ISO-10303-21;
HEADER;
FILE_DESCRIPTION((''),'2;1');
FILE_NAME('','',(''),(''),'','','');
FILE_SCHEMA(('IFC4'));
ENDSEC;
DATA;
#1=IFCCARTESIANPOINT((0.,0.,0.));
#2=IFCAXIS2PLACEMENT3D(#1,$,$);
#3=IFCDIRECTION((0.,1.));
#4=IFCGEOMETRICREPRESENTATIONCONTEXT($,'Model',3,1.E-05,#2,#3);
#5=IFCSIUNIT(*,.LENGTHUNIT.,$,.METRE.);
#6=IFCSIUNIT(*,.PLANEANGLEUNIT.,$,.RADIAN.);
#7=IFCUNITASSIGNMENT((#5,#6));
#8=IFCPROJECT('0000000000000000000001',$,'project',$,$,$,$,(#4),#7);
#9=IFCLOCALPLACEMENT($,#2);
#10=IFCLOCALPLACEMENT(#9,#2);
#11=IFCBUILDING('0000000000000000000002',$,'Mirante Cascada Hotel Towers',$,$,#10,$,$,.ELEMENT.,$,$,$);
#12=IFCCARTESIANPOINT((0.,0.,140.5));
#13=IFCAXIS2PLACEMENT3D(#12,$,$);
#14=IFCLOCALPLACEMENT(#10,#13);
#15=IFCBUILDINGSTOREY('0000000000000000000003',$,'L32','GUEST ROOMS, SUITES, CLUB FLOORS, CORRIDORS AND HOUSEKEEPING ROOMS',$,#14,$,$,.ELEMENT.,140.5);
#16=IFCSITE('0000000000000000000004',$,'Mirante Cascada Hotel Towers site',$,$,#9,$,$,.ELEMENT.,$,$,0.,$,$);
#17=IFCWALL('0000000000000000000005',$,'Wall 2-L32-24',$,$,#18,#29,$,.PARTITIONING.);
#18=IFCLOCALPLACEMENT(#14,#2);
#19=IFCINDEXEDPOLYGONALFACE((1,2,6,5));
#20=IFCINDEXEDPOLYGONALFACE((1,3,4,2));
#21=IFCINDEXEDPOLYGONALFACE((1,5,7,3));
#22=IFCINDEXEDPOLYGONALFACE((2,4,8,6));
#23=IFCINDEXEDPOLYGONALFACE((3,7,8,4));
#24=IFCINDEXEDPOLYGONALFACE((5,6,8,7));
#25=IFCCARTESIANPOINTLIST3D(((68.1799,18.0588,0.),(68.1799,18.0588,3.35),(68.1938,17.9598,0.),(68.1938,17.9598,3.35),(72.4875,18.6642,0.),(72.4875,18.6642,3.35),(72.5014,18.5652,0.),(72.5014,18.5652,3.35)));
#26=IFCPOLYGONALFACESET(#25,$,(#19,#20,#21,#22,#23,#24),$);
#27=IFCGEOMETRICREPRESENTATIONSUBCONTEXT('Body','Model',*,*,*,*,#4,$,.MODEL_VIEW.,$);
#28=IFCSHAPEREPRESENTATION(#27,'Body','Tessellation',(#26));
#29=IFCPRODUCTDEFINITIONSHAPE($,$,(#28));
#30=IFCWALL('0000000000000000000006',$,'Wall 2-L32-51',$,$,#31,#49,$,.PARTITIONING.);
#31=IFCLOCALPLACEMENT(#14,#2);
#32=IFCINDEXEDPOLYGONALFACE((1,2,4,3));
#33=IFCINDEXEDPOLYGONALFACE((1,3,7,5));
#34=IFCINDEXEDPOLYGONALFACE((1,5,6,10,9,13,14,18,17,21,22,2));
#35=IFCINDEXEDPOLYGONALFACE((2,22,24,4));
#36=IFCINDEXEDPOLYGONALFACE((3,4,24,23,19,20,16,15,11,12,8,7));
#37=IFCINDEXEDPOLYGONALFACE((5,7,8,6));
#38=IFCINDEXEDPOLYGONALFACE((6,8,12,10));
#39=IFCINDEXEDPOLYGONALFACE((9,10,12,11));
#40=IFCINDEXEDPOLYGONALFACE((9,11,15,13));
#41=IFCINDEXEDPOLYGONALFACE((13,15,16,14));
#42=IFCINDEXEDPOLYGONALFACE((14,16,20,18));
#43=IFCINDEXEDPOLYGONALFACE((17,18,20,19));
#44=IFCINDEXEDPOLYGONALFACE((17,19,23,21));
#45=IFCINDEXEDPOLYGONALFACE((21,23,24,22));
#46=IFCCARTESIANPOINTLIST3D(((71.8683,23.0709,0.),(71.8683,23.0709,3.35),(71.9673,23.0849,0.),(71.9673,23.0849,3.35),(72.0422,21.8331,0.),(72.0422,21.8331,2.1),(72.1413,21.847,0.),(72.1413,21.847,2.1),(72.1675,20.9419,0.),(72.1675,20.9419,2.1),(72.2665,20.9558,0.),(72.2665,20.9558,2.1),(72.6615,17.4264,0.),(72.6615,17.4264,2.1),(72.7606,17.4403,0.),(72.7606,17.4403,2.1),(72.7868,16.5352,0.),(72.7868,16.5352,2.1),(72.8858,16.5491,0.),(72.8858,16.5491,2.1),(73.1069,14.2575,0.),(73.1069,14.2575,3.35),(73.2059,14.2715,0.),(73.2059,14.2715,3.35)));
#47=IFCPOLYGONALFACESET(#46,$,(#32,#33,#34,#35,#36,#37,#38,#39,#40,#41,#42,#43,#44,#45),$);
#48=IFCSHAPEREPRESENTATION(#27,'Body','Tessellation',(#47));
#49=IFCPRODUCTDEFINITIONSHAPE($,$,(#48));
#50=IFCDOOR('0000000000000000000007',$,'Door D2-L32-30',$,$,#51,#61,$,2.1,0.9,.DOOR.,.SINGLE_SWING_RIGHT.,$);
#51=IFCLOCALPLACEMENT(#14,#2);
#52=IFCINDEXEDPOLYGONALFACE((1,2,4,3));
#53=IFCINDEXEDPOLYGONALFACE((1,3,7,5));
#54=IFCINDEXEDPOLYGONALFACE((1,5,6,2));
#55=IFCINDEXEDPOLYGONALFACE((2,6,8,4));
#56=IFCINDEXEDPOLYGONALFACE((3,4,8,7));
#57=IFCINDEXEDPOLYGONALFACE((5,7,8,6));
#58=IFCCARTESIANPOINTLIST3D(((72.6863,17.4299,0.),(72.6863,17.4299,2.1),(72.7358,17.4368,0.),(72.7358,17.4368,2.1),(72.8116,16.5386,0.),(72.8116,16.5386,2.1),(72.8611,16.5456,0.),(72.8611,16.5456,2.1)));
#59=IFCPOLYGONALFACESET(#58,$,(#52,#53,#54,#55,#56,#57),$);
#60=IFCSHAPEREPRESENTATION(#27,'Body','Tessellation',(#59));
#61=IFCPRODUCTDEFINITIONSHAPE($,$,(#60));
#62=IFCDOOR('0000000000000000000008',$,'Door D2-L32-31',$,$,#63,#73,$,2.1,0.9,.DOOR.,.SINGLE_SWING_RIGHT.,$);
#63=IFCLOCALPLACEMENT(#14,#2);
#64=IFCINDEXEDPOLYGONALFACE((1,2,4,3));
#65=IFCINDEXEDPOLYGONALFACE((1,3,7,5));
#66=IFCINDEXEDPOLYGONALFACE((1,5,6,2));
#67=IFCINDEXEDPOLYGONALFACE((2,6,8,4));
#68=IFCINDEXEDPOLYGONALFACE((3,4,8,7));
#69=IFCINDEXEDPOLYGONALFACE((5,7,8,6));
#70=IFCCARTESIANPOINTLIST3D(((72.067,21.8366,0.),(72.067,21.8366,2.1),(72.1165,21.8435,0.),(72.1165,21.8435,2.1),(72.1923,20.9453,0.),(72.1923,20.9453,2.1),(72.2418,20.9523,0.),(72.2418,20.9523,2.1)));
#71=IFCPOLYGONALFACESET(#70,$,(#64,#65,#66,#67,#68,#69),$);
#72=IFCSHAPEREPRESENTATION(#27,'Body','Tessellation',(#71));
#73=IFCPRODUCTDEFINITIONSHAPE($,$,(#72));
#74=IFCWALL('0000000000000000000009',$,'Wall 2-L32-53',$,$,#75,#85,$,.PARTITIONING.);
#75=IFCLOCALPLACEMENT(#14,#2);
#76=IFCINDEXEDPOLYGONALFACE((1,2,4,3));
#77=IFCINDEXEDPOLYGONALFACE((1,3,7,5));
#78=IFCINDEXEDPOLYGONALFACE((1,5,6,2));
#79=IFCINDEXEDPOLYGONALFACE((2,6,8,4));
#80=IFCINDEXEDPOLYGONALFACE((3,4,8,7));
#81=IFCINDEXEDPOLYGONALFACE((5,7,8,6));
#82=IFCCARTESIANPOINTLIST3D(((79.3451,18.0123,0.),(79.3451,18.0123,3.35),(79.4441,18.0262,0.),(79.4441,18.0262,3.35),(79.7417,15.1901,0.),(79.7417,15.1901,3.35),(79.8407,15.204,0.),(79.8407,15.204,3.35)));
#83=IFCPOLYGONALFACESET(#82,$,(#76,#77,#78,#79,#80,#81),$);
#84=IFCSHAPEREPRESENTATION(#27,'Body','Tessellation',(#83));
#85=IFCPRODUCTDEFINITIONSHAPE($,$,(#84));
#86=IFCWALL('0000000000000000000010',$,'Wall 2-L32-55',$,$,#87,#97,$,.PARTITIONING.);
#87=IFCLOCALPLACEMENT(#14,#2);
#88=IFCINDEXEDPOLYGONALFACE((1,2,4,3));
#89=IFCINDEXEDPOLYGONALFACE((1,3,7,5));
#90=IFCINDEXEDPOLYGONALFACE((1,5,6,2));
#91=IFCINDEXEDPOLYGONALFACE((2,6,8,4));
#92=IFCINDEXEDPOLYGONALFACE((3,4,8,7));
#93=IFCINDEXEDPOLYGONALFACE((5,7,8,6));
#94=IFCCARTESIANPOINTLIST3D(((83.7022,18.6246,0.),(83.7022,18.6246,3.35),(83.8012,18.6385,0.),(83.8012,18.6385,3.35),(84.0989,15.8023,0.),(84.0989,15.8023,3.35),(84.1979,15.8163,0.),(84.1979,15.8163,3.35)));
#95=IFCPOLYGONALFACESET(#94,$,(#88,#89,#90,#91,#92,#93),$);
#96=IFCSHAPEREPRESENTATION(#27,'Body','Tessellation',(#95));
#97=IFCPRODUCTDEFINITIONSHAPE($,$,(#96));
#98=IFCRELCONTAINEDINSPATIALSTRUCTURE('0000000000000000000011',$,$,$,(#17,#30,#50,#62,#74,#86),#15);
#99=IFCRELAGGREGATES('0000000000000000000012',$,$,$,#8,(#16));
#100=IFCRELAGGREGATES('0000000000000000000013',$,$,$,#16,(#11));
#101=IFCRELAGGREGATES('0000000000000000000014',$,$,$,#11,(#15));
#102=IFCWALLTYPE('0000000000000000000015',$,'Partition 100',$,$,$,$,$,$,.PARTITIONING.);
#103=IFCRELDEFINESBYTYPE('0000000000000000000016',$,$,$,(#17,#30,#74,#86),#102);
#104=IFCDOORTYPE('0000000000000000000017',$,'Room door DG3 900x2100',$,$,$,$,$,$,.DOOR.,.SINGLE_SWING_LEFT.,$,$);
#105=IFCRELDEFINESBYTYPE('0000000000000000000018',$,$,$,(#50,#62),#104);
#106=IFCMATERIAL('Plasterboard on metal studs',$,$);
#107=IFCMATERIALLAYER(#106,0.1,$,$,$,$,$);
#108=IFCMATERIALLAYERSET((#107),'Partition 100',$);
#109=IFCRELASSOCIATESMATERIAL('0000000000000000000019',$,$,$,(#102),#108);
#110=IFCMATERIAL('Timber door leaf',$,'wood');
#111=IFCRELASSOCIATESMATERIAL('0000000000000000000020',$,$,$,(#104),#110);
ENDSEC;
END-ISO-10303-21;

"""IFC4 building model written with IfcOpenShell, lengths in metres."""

from ifc_helpers import new_model, si_unit, direction, frame, frame_2d, origin, place, context, subcontext, project, spatial, rectangle, extrude, material, layer, layer_set, type_object, element, fill, save


model = new_model("IFC4")

# Units and contexts
model_context = context("Model", 3, precision=1e-05, world=origin(), true_north=direction((0.0, 1.0)))
body_context = subcontext(model_context, "Body", "Model", "MODEL_VIEW")
ifc_project = project(units=[si_unit("LENGTHUNIT", "METRE"), si_unit("PLANEANGLEUNIT", "RADIAN")], contexts=[model_context])

# Site, building, storey
site_placement = place(None, origin())
site = spatial("IfcSite", under=ifc_project, at=site_placement, Name="Mirante Cascada Hotel Towers site", CompositionType="ELEMENT", RefElevation=0.0)
building_placement = place(site_placement, origin())
building = spatial("IfcBuilding", under=site, at=building_placement, Name="Mirante Cascada Hotel Towers", CompositionType="ELEMENT")
storey_placement = place(building_placement, frame((0.0, 0.0, 140.5)))
storey = spatial("IfcBuildingStorey", under=building, at=storey_placement, Name="L32", Description="GUEST ROOMS, SUITES, CLUB FLOORS, CORRIDORS AND HOUSEKEEPING ROOMS", CompositionType="ELEMENT", Elevation=140.5)

# Shared definitions
ifc_material_1 = material(Name="Plasterboard on metal studs")
ifc_layer_1 = layer(ifc_material_1, 0.1)
ifc_layer_set_1 = layer_set([ifc_layer_1], Name="Partition 100")
wall_type_1 = type_object("IfcWallType", Name="Partition 100", PredefinedType="PARTITIONING", material=ifc_layer_set_1)

# Wall
wall_1_placement = place(storey_placement, frame((72.4945, 18.6147, 0.0), z_axis=(0.0, 0.0, 1.0), x_axis=(-0.990268, -0.139175, 0.0)))
element("IfcWall", 1, at=wall_1_placement, inside=storey, type_object=wall_type_1, Name="Wall 2-L32-24", PredefinedType="PARTITIONING", context=body_context, shape_type="SweptSolid", body=[
    extrude(rectangle(XDim=4.3499, YDim=0.1, at=frame_2d((2.175, 0.0))), origin(), (0.0, 0.0, 1.0), 3.35),
])

# Wall, openings, doors
wall_2_placement = place(storey_placement, frame((73.1564, 14.2645, 0.0), z_axis=(0.0, 0.0, 1.0), x_axis=(-0.139168, 0.990269, 0.0)))
wall_2 = element("IfcWall", 2, at=wall_2_placement, inside=storey, type_object=wall_type_1, Name="Wall 2-L32-51", PredefinedType="PARTITIONING", context=body_context, shape_type="SweptSolid", body=[
    extrude(rectangle(XDim=8.9, YDim=0.1, at=frame_2d((4.45, 0.0))), origin(), (0.0, 0.0, 1.0), 3.35),
])
opening_1_placement = place(wall_2_placement, frame((2.3, 0.0, 0.0)))
opening_1 = element("IfcOpeningElement", 3, at=opening_1_placement, cuts=wall_2, PredefinedType="OPENING", context=body_context, shape_type="SweptSolid", body=[
    extrude(rectangle(XDim=0.9, YDim=2.1, at=frame_2d((0.45, 1.05))), frame((0.0, 0.05, 0.0), z_axis=(0.0, -1.0, 0.0), x_axis=(1.0, 0.0, 0.0)), (0.0, 0.0, 1.0), 0.1),
])
opening_2_placement = place(wall_2_placement, frame((6.75, 0.0, 0.0)))
opening_2 = element("IfcOpeningElement", 4, at=opening_2_placement, cuts=wall_2, PredefinedType="OPENING", context=body_context, shape_type="SweptSolid", body=[
    extrude(rectangle(XDim=0.9, YDim=2.1, at=frame_2d((0.45, 1.05))), frame((0.0, 0.05, 0.0), z_axis=(0.0, -1.0, 0.0), x_axis=(1.0, 0.0, 0.0)), (0.0, 0.0, 1.0), 0.1),
])
ifc_material_2 = material(Name="Timber door leaf", Category="wood")
door_type_1 = type_object("IfcDoorType", Name="Room door DG3 900x2100", OperationType="SINGLE_SWING_LEFT", PredefinedType="DOOR", material=ifc_material_2)
door_1_placement = place(opening_1_placement, frame((0.9, 0.0, 0.0), z_axis=(0.0, 0.0, 1.0), x_axis=(-1.0, 0.0, 0.0)))
door_1 = element("IfcDoor", 5, at=door_1_placement, inside=storey, type_object=door_type_1, Name="Door D2-L32-30", OperationType="SINGLE_SWING_RIGHT", OverallHeight=2.1, OverallWidth=0.9, PredefinedType="DOOR", context=body_context, shape_type="SweptSolid", body=[
    extrude(rectangle(XDim=0.9, YDim=2.1, at=frame_2d((0.45, 1.05))), frame((0.0, 0.025, 0.0), z_axis=(0.0, -1.0, 0.0), x_axis=(1.0, 0.0, 0.0)), (0.0, 0.0, 1.0), 0.05),
])
fill(opening_1, door_1)
door_2_placement = place(opening_2_placement, frame((0.9, 0.0, 0.0), z_axis=(0.0, 0.0, 1.0), x_axis=(-1.0, 0.0, 0.0)))
door_2 = element("IfcDoor", 6, at=door_2_placement, inside=storey, type_object=door_type_1, Name="Door D2-L32-31", OperationType="SINGLE_SWING_RIGHT", OverallHeight=2.1, OverallWidth=0.9, PredefinedType="DOOR", context=body_context, shape_type="SweptSolid", body=[
    extrude(rectangle(XDim=0.9, YDim=2.1, at=frame_2d((0.45, 1.05))), frame((0.0, 0.025, 0.0), z_axis=(0.0, -1.0, 0.0), x_axis=(1.0, 0.0, 0.0)), (0.0, 0.0, 1.0), 0.05),
])
fill(opening_2, door_2)

# Walls
wall_3_placement = place(storey_placement, frame((79.7912, 15.197, 0.0), z_axis=(0.0, 0.0, 1.0), x_axis=(-0.139161, 0.99027, 0.0)))
element("IfcWall", 7, at=wall_3_placement, inside=storey, type_object=wall_type_1, Name="Wall 2-L32-53", PredefinedType="PARTITIONING", context=body_context, shape_type="SweptSolid", body=[
    extrude(rectangle(XDim=2.8499, YDim=0.1, at=frame_2d((1.425, 0.0))), origin(), (0.0, 0.0, 1.0), 3.35),
])
wall_4_placement = place(storey_placement, frame((84.1484, 15.8093, 0.0), z_axis=(0.0, 0.0, 1.0), x_axis=(-0.139191, 0.990266, 0.0)))
element("IfcWall", 8, at=wall_4_placement, inside=storey, type_object=wall_type_1, Name="Wall 2-L32-55", PredefinedType="PARTITIONING", context=body_context, shape_type="SweptSolid", body=[
    extrude(rectangle(XDim=2.85, YDim=0.1, at=frame_2d((1.425, 0.0))), origin(), (0.0, 0.0, 1.0), 3.35),
])

save(model, "model.ifc")
